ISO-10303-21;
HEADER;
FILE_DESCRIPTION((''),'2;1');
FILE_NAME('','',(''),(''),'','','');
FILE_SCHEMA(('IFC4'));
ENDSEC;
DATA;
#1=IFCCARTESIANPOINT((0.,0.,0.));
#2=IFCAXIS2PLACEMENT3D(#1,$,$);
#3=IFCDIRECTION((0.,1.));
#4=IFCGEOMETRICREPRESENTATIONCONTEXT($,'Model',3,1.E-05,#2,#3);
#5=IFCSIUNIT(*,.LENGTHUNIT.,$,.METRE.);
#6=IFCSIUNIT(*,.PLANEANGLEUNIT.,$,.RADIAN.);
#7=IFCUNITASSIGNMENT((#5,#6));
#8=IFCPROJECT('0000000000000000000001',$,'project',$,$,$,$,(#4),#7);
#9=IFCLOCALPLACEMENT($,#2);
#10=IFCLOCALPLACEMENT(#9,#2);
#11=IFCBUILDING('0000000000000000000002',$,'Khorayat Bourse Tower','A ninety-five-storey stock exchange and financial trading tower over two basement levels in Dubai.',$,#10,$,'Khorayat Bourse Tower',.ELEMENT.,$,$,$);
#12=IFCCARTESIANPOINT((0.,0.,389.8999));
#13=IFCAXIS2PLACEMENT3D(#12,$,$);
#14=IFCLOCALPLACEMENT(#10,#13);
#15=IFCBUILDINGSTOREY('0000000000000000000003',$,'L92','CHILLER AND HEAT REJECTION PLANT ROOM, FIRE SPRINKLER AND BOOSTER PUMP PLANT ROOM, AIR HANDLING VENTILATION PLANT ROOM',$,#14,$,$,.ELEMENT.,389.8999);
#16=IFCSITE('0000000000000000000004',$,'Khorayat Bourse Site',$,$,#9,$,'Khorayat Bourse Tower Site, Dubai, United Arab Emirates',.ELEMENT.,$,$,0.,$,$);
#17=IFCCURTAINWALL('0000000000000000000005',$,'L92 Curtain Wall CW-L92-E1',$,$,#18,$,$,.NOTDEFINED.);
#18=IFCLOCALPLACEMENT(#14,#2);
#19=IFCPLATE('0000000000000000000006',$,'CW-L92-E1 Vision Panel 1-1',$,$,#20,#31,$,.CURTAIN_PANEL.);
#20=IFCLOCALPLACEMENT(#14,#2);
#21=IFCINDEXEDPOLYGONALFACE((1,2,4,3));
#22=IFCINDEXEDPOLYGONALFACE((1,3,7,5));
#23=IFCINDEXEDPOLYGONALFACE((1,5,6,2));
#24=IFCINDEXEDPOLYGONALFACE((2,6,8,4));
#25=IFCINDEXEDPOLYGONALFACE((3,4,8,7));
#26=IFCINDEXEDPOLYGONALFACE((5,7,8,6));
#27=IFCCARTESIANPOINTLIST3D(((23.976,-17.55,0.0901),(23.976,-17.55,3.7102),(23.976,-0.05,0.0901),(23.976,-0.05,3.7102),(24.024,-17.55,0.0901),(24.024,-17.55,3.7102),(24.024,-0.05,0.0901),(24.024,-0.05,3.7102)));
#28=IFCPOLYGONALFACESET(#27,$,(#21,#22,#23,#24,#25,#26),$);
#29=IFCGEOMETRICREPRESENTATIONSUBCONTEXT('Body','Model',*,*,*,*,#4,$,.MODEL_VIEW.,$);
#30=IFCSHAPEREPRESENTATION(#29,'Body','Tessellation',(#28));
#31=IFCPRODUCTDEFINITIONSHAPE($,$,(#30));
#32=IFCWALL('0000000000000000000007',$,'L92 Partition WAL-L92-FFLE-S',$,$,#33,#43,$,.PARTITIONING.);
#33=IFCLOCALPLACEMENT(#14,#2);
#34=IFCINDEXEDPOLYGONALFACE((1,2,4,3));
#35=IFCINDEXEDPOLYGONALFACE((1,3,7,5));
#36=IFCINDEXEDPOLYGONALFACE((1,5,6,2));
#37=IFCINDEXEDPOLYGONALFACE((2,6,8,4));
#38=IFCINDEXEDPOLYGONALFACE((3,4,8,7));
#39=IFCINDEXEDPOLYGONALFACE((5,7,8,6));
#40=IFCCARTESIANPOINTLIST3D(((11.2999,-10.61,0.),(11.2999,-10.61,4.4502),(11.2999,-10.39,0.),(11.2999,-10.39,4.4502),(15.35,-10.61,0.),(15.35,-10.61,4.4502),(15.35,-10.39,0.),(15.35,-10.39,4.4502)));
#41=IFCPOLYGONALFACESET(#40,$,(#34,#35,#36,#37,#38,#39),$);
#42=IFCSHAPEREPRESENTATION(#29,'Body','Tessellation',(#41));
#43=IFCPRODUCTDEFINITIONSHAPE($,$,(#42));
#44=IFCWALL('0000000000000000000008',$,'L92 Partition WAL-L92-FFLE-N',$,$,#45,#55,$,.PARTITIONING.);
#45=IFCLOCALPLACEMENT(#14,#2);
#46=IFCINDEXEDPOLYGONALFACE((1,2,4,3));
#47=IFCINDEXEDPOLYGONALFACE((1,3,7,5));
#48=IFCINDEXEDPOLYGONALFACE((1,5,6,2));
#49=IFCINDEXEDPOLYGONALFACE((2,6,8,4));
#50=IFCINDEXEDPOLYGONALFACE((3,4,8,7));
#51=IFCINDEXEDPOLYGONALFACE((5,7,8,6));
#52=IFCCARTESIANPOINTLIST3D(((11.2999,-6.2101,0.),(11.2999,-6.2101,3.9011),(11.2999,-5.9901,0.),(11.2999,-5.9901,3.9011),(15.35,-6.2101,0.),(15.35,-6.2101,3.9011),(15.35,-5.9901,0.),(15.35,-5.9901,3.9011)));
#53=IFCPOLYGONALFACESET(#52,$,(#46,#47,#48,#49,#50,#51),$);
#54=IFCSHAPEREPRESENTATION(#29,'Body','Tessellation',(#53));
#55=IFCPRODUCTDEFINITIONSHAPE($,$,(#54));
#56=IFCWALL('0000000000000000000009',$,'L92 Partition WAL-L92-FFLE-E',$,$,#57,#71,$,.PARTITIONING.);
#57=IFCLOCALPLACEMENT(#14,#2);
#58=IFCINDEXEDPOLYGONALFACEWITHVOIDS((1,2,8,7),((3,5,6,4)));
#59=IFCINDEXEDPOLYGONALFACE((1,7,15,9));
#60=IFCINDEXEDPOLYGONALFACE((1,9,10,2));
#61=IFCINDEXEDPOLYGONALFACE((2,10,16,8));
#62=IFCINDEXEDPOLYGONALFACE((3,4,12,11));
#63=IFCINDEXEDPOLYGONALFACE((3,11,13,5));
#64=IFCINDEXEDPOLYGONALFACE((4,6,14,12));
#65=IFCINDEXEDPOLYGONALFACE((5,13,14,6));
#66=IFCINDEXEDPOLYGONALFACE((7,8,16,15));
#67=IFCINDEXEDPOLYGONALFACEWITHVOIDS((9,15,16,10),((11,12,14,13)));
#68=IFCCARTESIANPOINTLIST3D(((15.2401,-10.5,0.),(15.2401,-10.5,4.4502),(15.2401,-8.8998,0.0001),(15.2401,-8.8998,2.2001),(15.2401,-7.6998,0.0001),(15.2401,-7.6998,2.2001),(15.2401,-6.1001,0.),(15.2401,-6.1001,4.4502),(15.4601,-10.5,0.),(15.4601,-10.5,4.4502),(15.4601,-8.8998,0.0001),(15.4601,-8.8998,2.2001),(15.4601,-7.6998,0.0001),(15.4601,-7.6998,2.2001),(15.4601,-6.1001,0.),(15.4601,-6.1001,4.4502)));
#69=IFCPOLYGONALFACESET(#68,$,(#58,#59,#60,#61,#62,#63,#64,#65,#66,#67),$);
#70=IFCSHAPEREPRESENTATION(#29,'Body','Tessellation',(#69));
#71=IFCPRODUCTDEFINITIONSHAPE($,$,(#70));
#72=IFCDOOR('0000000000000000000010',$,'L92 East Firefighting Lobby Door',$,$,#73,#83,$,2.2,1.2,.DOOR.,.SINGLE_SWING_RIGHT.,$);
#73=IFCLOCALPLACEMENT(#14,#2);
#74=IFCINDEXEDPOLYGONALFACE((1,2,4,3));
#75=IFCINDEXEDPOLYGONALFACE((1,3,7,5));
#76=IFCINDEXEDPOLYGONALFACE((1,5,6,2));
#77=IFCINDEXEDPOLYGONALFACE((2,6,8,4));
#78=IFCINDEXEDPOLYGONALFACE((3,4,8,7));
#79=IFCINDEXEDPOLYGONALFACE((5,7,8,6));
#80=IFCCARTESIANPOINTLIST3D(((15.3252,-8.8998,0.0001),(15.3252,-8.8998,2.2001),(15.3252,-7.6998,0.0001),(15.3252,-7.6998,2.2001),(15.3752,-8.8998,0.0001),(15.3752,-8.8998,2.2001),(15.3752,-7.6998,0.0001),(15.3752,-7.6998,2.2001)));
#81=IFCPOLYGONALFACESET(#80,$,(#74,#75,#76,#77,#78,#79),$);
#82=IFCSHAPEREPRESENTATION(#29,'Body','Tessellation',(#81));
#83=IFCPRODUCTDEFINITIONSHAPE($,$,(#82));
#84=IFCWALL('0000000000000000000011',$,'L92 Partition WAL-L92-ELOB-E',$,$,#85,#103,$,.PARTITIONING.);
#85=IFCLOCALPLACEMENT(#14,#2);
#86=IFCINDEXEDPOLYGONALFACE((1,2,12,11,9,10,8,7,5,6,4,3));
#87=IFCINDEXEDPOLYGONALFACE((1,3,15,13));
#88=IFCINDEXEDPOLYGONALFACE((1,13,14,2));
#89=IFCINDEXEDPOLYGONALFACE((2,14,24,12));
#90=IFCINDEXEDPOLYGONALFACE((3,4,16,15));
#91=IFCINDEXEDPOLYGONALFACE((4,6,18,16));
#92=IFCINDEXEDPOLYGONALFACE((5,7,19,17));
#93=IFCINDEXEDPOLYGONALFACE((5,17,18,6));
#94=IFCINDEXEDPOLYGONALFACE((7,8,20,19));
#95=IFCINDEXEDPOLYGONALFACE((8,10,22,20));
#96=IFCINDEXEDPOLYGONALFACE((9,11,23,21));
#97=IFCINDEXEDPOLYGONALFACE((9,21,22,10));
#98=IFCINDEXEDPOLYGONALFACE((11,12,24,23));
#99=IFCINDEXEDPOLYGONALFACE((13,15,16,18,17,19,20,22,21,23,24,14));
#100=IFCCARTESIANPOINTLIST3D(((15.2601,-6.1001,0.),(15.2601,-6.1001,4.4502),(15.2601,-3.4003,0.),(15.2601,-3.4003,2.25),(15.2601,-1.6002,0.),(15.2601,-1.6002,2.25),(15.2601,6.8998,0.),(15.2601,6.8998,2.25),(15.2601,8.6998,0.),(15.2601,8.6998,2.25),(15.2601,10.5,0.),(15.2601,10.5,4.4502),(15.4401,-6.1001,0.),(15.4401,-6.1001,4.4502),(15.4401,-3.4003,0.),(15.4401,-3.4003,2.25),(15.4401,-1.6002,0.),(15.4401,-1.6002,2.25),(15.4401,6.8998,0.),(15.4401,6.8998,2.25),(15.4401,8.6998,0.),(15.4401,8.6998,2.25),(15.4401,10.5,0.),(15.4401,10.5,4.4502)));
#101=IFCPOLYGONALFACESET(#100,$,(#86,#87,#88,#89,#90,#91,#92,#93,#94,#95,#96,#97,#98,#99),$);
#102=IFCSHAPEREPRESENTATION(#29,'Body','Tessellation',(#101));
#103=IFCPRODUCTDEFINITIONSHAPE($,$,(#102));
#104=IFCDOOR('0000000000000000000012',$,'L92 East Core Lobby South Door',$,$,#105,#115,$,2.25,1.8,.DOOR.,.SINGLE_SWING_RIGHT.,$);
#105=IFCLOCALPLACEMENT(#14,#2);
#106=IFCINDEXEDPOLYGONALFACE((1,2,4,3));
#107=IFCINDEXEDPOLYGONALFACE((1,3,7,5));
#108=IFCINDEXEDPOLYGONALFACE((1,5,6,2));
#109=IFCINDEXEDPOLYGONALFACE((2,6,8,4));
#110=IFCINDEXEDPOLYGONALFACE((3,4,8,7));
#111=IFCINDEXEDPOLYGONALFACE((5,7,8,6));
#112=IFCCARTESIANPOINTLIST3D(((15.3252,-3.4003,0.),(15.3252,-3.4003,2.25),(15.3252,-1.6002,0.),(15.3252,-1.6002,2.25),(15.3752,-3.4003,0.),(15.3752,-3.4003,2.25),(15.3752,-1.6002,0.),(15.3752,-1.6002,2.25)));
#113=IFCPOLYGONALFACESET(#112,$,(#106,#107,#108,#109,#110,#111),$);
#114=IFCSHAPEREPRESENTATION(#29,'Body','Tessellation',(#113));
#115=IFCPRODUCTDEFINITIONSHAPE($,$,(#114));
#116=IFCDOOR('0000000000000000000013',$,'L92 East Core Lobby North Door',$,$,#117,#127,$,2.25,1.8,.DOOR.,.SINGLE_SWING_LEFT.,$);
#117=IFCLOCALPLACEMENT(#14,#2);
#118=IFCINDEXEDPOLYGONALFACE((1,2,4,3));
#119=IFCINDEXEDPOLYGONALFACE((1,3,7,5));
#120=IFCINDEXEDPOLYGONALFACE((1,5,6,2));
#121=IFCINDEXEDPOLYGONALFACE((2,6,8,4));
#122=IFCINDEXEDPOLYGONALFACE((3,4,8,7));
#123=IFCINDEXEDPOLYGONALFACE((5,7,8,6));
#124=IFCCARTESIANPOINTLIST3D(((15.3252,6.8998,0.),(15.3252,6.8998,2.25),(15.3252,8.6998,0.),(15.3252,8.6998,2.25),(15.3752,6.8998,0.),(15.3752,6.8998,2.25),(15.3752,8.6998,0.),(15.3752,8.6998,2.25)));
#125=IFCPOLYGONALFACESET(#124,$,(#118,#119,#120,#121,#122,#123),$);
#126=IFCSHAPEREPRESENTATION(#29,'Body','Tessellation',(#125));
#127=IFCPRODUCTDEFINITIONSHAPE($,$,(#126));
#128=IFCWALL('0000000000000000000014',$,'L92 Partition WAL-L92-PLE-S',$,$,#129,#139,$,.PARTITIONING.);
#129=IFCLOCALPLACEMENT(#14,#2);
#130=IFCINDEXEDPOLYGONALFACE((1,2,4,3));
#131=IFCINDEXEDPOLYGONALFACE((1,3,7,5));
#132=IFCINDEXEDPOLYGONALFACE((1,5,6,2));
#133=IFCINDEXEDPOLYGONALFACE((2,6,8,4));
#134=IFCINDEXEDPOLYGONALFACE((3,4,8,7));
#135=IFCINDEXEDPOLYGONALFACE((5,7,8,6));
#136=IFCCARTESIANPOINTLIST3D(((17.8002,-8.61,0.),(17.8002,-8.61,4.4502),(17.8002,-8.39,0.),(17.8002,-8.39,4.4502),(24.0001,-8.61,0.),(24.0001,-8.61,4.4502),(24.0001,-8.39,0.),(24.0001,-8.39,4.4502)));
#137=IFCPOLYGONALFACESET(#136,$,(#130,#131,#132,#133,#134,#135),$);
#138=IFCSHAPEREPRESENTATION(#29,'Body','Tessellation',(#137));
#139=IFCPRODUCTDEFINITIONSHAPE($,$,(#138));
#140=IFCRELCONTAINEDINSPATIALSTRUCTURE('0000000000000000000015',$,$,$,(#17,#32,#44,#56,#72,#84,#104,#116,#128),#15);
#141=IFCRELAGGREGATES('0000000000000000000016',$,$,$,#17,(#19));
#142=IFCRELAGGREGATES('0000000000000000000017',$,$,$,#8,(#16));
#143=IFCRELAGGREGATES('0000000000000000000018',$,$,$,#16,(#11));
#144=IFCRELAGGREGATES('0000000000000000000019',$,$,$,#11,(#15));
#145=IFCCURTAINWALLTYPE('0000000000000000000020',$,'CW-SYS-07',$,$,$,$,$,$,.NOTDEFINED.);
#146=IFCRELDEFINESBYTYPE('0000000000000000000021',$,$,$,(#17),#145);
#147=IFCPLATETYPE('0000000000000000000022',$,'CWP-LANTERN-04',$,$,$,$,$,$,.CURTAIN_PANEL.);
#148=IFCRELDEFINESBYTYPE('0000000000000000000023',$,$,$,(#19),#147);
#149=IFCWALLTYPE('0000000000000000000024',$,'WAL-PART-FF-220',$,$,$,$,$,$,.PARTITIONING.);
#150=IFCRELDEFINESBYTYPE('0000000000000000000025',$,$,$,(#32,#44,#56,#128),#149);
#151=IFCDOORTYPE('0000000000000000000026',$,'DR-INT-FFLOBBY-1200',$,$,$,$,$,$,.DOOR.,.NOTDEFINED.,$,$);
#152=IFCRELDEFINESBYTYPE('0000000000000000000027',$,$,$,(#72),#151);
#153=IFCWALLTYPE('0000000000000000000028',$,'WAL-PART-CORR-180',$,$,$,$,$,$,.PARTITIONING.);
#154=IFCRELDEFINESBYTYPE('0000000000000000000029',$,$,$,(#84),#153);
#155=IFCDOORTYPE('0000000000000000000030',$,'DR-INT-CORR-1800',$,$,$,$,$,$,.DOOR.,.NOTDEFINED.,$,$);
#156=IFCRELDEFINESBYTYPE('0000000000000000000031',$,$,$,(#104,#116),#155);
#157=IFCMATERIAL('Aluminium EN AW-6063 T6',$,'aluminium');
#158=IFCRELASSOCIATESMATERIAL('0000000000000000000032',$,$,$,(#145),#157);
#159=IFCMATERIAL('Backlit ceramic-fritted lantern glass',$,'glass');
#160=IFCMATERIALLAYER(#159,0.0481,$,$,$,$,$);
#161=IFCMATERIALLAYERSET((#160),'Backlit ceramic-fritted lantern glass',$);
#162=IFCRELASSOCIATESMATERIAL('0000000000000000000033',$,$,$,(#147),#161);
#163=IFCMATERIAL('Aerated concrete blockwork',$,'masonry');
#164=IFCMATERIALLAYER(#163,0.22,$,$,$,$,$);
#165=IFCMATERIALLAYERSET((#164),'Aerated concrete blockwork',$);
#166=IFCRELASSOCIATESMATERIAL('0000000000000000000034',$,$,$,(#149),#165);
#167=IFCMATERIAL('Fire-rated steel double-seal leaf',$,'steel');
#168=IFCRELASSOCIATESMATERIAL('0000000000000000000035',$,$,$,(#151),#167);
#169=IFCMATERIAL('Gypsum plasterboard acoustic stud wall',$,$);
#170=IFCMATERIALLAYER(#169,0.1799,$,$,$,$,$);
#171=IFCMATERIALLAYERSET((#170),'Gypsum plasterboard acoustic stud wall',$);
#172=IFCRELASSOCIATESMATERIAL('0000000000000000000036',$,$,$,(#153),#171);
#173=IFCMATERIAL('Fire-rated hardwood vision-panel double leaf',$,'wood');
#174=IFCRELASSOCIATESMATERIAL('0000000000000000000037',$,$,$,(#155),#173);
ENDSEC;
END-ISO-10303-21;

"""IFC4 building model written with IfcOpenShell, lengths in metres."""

from ifc_helpers import new_model, si_unit, direction, frame, frame_2d, origin, origin_2d, place, context, subcontext, project, spatial, rectangle, extrude, source, transform, mapped, material, layer, layer_set, type_object, element, fill, aggregate, save


model = new_model("IFC4")

# Units and contexts
model_context = context("Model", 3, precision=1e-05, world=origin(), true_north=direction((0.0, 1.0)))
body_context = subcontext(model_context, "Body", "Model", "MODEL_VIEW")
ifc_project = project(units=[si_unit("LENGTHUNIT", "METRE"), si_unit("PLANEANGLEUNIT", "RADIAN")], contexts=[model_context])

# Site, building, storey
site_placement = place(None, origin())
site = spatial("IfcSite", under=ifc_project, at=site_placement, Name="Khorayat Bourse Site", LongName="Khorayat Bourse Tower Site, Dubai, United Arab Emirates", CompositionType="ELEMENT", RefElevation=0.0)
building_placement = place(site_placement, origin())
building = spatial("IfcBuilding", under=site, at=building_placement, Name="Khorayat Bourse Tower", Description="A ninety-five-storey stock exchange and financial trading tower over two basement levels in Dubai.", LongName="Khorayat Bourse Tower", CompositionType="ELEMENT")
storey_placement = place(building_placement, frame((0.0, 0.0, 389.8999)))
storey = spatial("IfcBuildingStorey", under=building, at=storey_placement, Name="L92", Description="CHILLER AND HEAT REJECTION PLANT ROOM, FIRE SPRINKLER AND BOOSTER PUMP PLANT ROOM, AIR HANDLING VENTILATION PLANT ROOM", CompositionType="ELEMENT", Elevation=389.8999)

# Curtain wall, plate
ifc_material_1 = material(Name="Aluminium EN AW-6063 T6", Category="aluminium")
curtain_wall_type = type_object("IfcCurtainWallType", Name="CW-SYS-07", PredefinedType="NOTDEFINED", material=ifc_material_1)
curtain_wall_placement = place(storey_placement, origin())
curtain_wall = element("IfcCurtainWall", 1, at=curtain_wall_placement, inside=storey, type_object=curtain_wall_type, Name="L92 Curtain Wall CW-L92-E1", PredefinedType="NOTDEFINED")
ifc_material_2 = material(Name="Backlit ceramic-fritted lantern glass", Category="glass")
ifc_layer_1 = layer(ifc_material_2, 0.0481)
ifc_layer_set_1 = layer_set([ifc_layer_1], Name="Backlit ceramic-fritted lantern glass")
plate_type_1 = type_object("IfcPlateType", Name="CWP-LANTERN-04", PredefinedType="CURTAIN_PANEL", material=ifc_layer_set_1)
shared_shape_1 = source(origin(), body_context, "Body", "SweptSolid", [
    extrude(rectangle(XDim=17.5, YDim=0.0481, at=origin_2d()), origin(), (0.0, 0.0, 1.0), 3.6201),
])
plate_placement = place(storey_placement, frame((24.0, -8.8, 0.0901), z_axis=(0.0, 0.0, 1.0), x_axis=(0.0, 1.0, 0.0)))
plate = element("IfcPlate", 2, at=plate_placement, type_object=plate_type_1, Name="CW-L92-E1 Vision Panel 1-1", PredefinedType="CURTAIN_PANEL", context=body_context, shape_type="MappedRepresentation", body=[
    mapped(shared_shape_1, transform((0.0, 0.0, 0.0), scale=1.0)),
])
aggregate(curtain_wall, [plate])

# Walls
ifc_material_3 = material(Name="Aerated concrete blockwork", Category="masonry")
ifc_layer_2 = layer(ifc_material_3, 0.22)
ifc_layer_set_2 = layer_set([ifc_layer_2], Name="Aerated concrete blockwork")
wall_type_1 = type_object("IfcWallType", Name="WAL-PART-FF-220", PredefinedType="PARTITIONING", material=ifc_layer_set_2)
shared_shape_2 = source(origin(), body_context, "Body", "SweptSolid", [
    extrude(rectangle(XDim=4.05, YDim=0.22, at=frame_2d((2.0249, 0.0))), origin(), (0.0, 0.0, 1.0), 4.4502),
])
wall_1_placement = place(storey_placement, frame((11.3, -10.5, 0.0), z_axis=(0.0, 0.0, 1.0), x_axis=(1.0, 0.0, 0.0)))
element("IfcWall", 3, at=wall_1_placement, inside=storey, type_object=wall_type_1, Name="L92 Partition WAL-L92-FFLE-S", PredefinedType="PARTITIONING", context=body_context, shape_type="MappedRepresentation", body=[
    mapped(shared_shape_2, transform((0.0, 0.0, 0.0), scale=1.0)),
])
shared_shape_3 = source(origin(), body_context, "Body", "SweptSolid", [
    extrude(rectangle(XDim=4.05, YDim=0.22, at=frame_2d((2.0249, 0.0))), origin(), (0.0, 0.0, 1.0), 3.9011),
])
wall_2_placement = place(storey_placement, frame((11.3, -6.1001, 0.0), z_axis=(0.0, 0.0, 1.0), x_axis=(1.0, 0.0, 0.0)))
element("IfcWall", 4, at=wall_2_placement, inside=storey, type_object=wall_type_1, Name="L92 Partition WAL-L92-FFLE-N", PredefinedType="PARTITIONING", context=body_context, shape_type="MappedRepresentation", body=[
    mapped(shared_shape_3, transform((0.0, 0.0, 0.0), scale=1.0)),
])

# Wall, opening, door
shared_shape_4 = source(origin(), body_context, "Body", "SweptSolid", [
    extrude(rectangle(XDim=4.3999, YDim=0.22, at=frame_2d((2.2, 0.0))), origin(), (0.0, 0.0, 1.0), 4.4502),
])
wall_3_placement = place(storey_placement, frame((15.3501, -10.5, 0.0), z_axis=(0.0, 0.0, 1.0), x_axis=(0.0, 1.0, 0.0)))
wall_3 = element("IfcWall", 5, at=wall_3_placement, inside=storey, type_object=wall_type_1, Name="L92 Partition WAL-L92-FFLE-E", PredefinedType="PARTITIONING", context=body_context, shape_type="MappedRepresentation", body=[
    mapped(shared_shape_4, transform((0.0, 0.0, 0.0), scale=1.0)),
])
shared_shape_5 = source(origin(), body_context, "Body", "SweptSolid", [
    extrude(rectangle(XDim=1.2, YDim=2.2, at=frame_2d((0.6001, 1.1001))), frame((0.0, 0.1199, 0.0), z_axis=(0.0, -1.0, 0.0), x_axis=(1.0, 0.0, 0.0)), (0.0, 0.0, 1.0), 0.24),
])
opening_1_placement = place(wall_3_placement, frame((1.6001, 0.0, 0.0)))
opening_1 = element("IfcOpeningElement", 6, at=opening_1_placement, cuts=wall_3, PredefinedType="OPENING", context=body_context, shape_type="MappedRepresentation", body=[
    mapped(shared_shape_5, transform((0.0, 0.0, 0.0), scale=1.0)),
])
ifc_material_4 = material(Name="Fire-rated steel double-seal leaf", Category="steel")
door_type_1 = type_object("IfcDoorType", Name="DR-INT-FFLOBBY-1200", OperationType="NOTDEFINED", PredefinedType="DOOR", material=ifc_material_4)
shared_shape_6 = source(origin(), body_context, "Body", "SweptSolid", [
    extrude(rectangle(XDim=1.2, YDim=2.2, at=frame_2d((0.6001, 1.1001))), frame((0.0, 0.0249, 0.0), z_axis=(0.0, -1.0, 0.0), x_axis=(1.0, 0.0, 0.0)), (0.0, 0.0, 1.0), 0.05),
])
door_1_placement = place(opening_1_placement, origin())
door_1 = element("IfcDoor", 7, at=door_1_placement, inside=storey, type_object=door_type_1, Name="L92 East Firefighting Lobby Door", OperationType="SINGLE_SWING_RIGHT", OverallHeight=2.2, OverallWidth=1.2, PredefinedType="DOOR", context=body_context, shape_type="MappedRepresentation", body=[
    mapped(shared_shape_6, transform((0.0, 0.0, 0.0), scale=1.0)),
])
fill(opening_1, door_1)

# Wall, openings, doors
ifc_material_5 = material(Name="Gypsum plasterboard acoustic stud wall")
ifc_layer_3 = layer(ifc_material_5, 0.1799)
ifc_layer_set_3 = layer_set([ifc_layer_3], Name="Gypsum plasterboard acoustic stud wall")
wall_type_2 = type_object("IfcWallType", Name="WAL-PART-CORR-180", PredefinedType="PARTITIONING", material=ifc_layer_set_3)
shared_shape_7 = source(origin(), body_context, "Body", "SweptSolid", [
    extrude(rectangle(XDim=16.6001, YDim=0.1799, at=frame_2d((8.3, 0.0))), origin(), (0.0, 0.0, 1.0), 4.4502),
])
wall_4_placement = place(storey_placement, frame((15.3501, -6.1001, 0.0), z_axis=(0.0, 0.0, 1.0), x_axis=(0.0, 1.0, 0.0)))
wall_4 = element("IfcWall", 8, at=wall_4_placement, inside=storey, type_object=wall_type_2, Name="L92 Partition WAL-L92-ELOB-E", PredefinedType="PARTITIONING", context=body_context, shape_type="MappedRepresentation", body=[
    mapped(shared_shape_7, transform((0.0, 0.0, 0.0), scale=1.0)),
])
shared_shape_8 = source(origin(), body_context, "Body", "SweptSolid", [
    extrude(rectangle(XDim=1.8, YDim=2.25, at=frame_2d((0.8999, 1.125))), frame((0.0, 0.0999, 0.0), z_axis=(0.0, -1.0, 0.0), x_axis=(1.0, 0.0, 0.0)), (0.0, 0.0, 1.0), 0.2),
])
opening_2_placement = place(wall_4_placement, frame((2.7, 0.0, 0.0)))
opening_2 = element("IfcOpeningElement", 9, at=opening_2_placement, cuts=wall_4, PredefinedType="OPENING", context=body_context, shape_type="MappedRepresentation", body=[
    mapped(shared_shape_8, transform((0.0, 0.0, 0.0), scale=1.0)),
])
opening_3_placement = place(wall_4_placement, frame((13.0, 0.0, 0.0)))
opening_3 = element("IfcOpeningElement", 10, at=opening_3_placement, cuts=wall_4, PredefinedType="OPENING", context=body_context, shape_type="MappedRepresentation", body=[
    mapped(shared_shape_8, transform((0.0, 0.0, 0.0), scale=1.0)),
])
ifc_material_6 = material(Name="Fire-rated hardwood vision-panel double leaf", Category="wood")
door_type_2 = type_object("IfcDoorType", Name="DR-INT-CORR-1800", OperationType="NOTDEFINED", PredefinedType="DOOR", material=ifc_material_6)
shared_shape_9 = source(origin(), body_context, "Body", "SweptSolid", [
    extrude(rectangle(XDim=1.8, YDim=2.25, at=frame_2d((0.8999, 1.125))), frame((0.0, 0.0249, 0.0), z_axis=(0.0, -1.0, 0.0), x_axis=(1.0, 0.0, 0.0)), (0.0, 0.0, 1.0), 0.05),
])
door_2_placement = place(opening_2_placement, origin())
door_2 = element("IfcDoor", 11, at=door_2_placement, inside=storey, type_object=door_type_2, Name="L92 East Core Lobby South Door", OperationType="SINGLE_SWING_RIGHT", OverallHeight=2.25, OverallWidth=1.8, PredefinedType="DOOR", context=body_context, shape_type="MappedRepresentation", body=[
    mapped(shared_shape_9, transform((0.0, 0.0, 0.0), scale=1.0)),
])
fill(opening_2, door_2)
door_3_placement = place(opening_3_placement, origin())
door_3 = element("IfcDoor", 12, at=door_3_placement, inside=storey, type_object=door_type_2, Name="L92 East Core Lobby North Door", OperationType="SINGLE_SWING_LEFT", OverallHeight=2.25, OverallWidth=1.8, PredefinedType="DOOR", context=body_context, shape_type="MappedRepresentation", body=[
    mapped(shared_shape_9, transform((0.0, 0.0, 0.0), scale=1.0)),
])
fill(opening_3, door_3)

# Wall
shared_shape_10 = source(origin(), body_context, "Body", "SweptSolid", [
    extrude(rectangle(XDim=6.2, YDim=0.22, at=frame_2d((3.1001, 0.0))), origin(), (0.0, 0.0, 1.0), 4.4502),
])
wall_5_placement = place(storey_placement, frame((17.8, -8.5, 0.0), z_axis=(0.0, 0.0, 1.0), x_axis=(1.0, 0.0, 0.0)))
element("IfcWall", 13, at=wall_5_placement, inside=storey, type_object=wall_type_1, Name="L92 Partition WAL-L92-PLE-S", PredefinedType="PARTITIONING", context=body_context, shape_type="MappedRepresentation", body=[
    mapped(shared_shape_10, transform((0.0, 0.0, 0.0), scale=1.0)),
])

save(model, "model.ifc")
